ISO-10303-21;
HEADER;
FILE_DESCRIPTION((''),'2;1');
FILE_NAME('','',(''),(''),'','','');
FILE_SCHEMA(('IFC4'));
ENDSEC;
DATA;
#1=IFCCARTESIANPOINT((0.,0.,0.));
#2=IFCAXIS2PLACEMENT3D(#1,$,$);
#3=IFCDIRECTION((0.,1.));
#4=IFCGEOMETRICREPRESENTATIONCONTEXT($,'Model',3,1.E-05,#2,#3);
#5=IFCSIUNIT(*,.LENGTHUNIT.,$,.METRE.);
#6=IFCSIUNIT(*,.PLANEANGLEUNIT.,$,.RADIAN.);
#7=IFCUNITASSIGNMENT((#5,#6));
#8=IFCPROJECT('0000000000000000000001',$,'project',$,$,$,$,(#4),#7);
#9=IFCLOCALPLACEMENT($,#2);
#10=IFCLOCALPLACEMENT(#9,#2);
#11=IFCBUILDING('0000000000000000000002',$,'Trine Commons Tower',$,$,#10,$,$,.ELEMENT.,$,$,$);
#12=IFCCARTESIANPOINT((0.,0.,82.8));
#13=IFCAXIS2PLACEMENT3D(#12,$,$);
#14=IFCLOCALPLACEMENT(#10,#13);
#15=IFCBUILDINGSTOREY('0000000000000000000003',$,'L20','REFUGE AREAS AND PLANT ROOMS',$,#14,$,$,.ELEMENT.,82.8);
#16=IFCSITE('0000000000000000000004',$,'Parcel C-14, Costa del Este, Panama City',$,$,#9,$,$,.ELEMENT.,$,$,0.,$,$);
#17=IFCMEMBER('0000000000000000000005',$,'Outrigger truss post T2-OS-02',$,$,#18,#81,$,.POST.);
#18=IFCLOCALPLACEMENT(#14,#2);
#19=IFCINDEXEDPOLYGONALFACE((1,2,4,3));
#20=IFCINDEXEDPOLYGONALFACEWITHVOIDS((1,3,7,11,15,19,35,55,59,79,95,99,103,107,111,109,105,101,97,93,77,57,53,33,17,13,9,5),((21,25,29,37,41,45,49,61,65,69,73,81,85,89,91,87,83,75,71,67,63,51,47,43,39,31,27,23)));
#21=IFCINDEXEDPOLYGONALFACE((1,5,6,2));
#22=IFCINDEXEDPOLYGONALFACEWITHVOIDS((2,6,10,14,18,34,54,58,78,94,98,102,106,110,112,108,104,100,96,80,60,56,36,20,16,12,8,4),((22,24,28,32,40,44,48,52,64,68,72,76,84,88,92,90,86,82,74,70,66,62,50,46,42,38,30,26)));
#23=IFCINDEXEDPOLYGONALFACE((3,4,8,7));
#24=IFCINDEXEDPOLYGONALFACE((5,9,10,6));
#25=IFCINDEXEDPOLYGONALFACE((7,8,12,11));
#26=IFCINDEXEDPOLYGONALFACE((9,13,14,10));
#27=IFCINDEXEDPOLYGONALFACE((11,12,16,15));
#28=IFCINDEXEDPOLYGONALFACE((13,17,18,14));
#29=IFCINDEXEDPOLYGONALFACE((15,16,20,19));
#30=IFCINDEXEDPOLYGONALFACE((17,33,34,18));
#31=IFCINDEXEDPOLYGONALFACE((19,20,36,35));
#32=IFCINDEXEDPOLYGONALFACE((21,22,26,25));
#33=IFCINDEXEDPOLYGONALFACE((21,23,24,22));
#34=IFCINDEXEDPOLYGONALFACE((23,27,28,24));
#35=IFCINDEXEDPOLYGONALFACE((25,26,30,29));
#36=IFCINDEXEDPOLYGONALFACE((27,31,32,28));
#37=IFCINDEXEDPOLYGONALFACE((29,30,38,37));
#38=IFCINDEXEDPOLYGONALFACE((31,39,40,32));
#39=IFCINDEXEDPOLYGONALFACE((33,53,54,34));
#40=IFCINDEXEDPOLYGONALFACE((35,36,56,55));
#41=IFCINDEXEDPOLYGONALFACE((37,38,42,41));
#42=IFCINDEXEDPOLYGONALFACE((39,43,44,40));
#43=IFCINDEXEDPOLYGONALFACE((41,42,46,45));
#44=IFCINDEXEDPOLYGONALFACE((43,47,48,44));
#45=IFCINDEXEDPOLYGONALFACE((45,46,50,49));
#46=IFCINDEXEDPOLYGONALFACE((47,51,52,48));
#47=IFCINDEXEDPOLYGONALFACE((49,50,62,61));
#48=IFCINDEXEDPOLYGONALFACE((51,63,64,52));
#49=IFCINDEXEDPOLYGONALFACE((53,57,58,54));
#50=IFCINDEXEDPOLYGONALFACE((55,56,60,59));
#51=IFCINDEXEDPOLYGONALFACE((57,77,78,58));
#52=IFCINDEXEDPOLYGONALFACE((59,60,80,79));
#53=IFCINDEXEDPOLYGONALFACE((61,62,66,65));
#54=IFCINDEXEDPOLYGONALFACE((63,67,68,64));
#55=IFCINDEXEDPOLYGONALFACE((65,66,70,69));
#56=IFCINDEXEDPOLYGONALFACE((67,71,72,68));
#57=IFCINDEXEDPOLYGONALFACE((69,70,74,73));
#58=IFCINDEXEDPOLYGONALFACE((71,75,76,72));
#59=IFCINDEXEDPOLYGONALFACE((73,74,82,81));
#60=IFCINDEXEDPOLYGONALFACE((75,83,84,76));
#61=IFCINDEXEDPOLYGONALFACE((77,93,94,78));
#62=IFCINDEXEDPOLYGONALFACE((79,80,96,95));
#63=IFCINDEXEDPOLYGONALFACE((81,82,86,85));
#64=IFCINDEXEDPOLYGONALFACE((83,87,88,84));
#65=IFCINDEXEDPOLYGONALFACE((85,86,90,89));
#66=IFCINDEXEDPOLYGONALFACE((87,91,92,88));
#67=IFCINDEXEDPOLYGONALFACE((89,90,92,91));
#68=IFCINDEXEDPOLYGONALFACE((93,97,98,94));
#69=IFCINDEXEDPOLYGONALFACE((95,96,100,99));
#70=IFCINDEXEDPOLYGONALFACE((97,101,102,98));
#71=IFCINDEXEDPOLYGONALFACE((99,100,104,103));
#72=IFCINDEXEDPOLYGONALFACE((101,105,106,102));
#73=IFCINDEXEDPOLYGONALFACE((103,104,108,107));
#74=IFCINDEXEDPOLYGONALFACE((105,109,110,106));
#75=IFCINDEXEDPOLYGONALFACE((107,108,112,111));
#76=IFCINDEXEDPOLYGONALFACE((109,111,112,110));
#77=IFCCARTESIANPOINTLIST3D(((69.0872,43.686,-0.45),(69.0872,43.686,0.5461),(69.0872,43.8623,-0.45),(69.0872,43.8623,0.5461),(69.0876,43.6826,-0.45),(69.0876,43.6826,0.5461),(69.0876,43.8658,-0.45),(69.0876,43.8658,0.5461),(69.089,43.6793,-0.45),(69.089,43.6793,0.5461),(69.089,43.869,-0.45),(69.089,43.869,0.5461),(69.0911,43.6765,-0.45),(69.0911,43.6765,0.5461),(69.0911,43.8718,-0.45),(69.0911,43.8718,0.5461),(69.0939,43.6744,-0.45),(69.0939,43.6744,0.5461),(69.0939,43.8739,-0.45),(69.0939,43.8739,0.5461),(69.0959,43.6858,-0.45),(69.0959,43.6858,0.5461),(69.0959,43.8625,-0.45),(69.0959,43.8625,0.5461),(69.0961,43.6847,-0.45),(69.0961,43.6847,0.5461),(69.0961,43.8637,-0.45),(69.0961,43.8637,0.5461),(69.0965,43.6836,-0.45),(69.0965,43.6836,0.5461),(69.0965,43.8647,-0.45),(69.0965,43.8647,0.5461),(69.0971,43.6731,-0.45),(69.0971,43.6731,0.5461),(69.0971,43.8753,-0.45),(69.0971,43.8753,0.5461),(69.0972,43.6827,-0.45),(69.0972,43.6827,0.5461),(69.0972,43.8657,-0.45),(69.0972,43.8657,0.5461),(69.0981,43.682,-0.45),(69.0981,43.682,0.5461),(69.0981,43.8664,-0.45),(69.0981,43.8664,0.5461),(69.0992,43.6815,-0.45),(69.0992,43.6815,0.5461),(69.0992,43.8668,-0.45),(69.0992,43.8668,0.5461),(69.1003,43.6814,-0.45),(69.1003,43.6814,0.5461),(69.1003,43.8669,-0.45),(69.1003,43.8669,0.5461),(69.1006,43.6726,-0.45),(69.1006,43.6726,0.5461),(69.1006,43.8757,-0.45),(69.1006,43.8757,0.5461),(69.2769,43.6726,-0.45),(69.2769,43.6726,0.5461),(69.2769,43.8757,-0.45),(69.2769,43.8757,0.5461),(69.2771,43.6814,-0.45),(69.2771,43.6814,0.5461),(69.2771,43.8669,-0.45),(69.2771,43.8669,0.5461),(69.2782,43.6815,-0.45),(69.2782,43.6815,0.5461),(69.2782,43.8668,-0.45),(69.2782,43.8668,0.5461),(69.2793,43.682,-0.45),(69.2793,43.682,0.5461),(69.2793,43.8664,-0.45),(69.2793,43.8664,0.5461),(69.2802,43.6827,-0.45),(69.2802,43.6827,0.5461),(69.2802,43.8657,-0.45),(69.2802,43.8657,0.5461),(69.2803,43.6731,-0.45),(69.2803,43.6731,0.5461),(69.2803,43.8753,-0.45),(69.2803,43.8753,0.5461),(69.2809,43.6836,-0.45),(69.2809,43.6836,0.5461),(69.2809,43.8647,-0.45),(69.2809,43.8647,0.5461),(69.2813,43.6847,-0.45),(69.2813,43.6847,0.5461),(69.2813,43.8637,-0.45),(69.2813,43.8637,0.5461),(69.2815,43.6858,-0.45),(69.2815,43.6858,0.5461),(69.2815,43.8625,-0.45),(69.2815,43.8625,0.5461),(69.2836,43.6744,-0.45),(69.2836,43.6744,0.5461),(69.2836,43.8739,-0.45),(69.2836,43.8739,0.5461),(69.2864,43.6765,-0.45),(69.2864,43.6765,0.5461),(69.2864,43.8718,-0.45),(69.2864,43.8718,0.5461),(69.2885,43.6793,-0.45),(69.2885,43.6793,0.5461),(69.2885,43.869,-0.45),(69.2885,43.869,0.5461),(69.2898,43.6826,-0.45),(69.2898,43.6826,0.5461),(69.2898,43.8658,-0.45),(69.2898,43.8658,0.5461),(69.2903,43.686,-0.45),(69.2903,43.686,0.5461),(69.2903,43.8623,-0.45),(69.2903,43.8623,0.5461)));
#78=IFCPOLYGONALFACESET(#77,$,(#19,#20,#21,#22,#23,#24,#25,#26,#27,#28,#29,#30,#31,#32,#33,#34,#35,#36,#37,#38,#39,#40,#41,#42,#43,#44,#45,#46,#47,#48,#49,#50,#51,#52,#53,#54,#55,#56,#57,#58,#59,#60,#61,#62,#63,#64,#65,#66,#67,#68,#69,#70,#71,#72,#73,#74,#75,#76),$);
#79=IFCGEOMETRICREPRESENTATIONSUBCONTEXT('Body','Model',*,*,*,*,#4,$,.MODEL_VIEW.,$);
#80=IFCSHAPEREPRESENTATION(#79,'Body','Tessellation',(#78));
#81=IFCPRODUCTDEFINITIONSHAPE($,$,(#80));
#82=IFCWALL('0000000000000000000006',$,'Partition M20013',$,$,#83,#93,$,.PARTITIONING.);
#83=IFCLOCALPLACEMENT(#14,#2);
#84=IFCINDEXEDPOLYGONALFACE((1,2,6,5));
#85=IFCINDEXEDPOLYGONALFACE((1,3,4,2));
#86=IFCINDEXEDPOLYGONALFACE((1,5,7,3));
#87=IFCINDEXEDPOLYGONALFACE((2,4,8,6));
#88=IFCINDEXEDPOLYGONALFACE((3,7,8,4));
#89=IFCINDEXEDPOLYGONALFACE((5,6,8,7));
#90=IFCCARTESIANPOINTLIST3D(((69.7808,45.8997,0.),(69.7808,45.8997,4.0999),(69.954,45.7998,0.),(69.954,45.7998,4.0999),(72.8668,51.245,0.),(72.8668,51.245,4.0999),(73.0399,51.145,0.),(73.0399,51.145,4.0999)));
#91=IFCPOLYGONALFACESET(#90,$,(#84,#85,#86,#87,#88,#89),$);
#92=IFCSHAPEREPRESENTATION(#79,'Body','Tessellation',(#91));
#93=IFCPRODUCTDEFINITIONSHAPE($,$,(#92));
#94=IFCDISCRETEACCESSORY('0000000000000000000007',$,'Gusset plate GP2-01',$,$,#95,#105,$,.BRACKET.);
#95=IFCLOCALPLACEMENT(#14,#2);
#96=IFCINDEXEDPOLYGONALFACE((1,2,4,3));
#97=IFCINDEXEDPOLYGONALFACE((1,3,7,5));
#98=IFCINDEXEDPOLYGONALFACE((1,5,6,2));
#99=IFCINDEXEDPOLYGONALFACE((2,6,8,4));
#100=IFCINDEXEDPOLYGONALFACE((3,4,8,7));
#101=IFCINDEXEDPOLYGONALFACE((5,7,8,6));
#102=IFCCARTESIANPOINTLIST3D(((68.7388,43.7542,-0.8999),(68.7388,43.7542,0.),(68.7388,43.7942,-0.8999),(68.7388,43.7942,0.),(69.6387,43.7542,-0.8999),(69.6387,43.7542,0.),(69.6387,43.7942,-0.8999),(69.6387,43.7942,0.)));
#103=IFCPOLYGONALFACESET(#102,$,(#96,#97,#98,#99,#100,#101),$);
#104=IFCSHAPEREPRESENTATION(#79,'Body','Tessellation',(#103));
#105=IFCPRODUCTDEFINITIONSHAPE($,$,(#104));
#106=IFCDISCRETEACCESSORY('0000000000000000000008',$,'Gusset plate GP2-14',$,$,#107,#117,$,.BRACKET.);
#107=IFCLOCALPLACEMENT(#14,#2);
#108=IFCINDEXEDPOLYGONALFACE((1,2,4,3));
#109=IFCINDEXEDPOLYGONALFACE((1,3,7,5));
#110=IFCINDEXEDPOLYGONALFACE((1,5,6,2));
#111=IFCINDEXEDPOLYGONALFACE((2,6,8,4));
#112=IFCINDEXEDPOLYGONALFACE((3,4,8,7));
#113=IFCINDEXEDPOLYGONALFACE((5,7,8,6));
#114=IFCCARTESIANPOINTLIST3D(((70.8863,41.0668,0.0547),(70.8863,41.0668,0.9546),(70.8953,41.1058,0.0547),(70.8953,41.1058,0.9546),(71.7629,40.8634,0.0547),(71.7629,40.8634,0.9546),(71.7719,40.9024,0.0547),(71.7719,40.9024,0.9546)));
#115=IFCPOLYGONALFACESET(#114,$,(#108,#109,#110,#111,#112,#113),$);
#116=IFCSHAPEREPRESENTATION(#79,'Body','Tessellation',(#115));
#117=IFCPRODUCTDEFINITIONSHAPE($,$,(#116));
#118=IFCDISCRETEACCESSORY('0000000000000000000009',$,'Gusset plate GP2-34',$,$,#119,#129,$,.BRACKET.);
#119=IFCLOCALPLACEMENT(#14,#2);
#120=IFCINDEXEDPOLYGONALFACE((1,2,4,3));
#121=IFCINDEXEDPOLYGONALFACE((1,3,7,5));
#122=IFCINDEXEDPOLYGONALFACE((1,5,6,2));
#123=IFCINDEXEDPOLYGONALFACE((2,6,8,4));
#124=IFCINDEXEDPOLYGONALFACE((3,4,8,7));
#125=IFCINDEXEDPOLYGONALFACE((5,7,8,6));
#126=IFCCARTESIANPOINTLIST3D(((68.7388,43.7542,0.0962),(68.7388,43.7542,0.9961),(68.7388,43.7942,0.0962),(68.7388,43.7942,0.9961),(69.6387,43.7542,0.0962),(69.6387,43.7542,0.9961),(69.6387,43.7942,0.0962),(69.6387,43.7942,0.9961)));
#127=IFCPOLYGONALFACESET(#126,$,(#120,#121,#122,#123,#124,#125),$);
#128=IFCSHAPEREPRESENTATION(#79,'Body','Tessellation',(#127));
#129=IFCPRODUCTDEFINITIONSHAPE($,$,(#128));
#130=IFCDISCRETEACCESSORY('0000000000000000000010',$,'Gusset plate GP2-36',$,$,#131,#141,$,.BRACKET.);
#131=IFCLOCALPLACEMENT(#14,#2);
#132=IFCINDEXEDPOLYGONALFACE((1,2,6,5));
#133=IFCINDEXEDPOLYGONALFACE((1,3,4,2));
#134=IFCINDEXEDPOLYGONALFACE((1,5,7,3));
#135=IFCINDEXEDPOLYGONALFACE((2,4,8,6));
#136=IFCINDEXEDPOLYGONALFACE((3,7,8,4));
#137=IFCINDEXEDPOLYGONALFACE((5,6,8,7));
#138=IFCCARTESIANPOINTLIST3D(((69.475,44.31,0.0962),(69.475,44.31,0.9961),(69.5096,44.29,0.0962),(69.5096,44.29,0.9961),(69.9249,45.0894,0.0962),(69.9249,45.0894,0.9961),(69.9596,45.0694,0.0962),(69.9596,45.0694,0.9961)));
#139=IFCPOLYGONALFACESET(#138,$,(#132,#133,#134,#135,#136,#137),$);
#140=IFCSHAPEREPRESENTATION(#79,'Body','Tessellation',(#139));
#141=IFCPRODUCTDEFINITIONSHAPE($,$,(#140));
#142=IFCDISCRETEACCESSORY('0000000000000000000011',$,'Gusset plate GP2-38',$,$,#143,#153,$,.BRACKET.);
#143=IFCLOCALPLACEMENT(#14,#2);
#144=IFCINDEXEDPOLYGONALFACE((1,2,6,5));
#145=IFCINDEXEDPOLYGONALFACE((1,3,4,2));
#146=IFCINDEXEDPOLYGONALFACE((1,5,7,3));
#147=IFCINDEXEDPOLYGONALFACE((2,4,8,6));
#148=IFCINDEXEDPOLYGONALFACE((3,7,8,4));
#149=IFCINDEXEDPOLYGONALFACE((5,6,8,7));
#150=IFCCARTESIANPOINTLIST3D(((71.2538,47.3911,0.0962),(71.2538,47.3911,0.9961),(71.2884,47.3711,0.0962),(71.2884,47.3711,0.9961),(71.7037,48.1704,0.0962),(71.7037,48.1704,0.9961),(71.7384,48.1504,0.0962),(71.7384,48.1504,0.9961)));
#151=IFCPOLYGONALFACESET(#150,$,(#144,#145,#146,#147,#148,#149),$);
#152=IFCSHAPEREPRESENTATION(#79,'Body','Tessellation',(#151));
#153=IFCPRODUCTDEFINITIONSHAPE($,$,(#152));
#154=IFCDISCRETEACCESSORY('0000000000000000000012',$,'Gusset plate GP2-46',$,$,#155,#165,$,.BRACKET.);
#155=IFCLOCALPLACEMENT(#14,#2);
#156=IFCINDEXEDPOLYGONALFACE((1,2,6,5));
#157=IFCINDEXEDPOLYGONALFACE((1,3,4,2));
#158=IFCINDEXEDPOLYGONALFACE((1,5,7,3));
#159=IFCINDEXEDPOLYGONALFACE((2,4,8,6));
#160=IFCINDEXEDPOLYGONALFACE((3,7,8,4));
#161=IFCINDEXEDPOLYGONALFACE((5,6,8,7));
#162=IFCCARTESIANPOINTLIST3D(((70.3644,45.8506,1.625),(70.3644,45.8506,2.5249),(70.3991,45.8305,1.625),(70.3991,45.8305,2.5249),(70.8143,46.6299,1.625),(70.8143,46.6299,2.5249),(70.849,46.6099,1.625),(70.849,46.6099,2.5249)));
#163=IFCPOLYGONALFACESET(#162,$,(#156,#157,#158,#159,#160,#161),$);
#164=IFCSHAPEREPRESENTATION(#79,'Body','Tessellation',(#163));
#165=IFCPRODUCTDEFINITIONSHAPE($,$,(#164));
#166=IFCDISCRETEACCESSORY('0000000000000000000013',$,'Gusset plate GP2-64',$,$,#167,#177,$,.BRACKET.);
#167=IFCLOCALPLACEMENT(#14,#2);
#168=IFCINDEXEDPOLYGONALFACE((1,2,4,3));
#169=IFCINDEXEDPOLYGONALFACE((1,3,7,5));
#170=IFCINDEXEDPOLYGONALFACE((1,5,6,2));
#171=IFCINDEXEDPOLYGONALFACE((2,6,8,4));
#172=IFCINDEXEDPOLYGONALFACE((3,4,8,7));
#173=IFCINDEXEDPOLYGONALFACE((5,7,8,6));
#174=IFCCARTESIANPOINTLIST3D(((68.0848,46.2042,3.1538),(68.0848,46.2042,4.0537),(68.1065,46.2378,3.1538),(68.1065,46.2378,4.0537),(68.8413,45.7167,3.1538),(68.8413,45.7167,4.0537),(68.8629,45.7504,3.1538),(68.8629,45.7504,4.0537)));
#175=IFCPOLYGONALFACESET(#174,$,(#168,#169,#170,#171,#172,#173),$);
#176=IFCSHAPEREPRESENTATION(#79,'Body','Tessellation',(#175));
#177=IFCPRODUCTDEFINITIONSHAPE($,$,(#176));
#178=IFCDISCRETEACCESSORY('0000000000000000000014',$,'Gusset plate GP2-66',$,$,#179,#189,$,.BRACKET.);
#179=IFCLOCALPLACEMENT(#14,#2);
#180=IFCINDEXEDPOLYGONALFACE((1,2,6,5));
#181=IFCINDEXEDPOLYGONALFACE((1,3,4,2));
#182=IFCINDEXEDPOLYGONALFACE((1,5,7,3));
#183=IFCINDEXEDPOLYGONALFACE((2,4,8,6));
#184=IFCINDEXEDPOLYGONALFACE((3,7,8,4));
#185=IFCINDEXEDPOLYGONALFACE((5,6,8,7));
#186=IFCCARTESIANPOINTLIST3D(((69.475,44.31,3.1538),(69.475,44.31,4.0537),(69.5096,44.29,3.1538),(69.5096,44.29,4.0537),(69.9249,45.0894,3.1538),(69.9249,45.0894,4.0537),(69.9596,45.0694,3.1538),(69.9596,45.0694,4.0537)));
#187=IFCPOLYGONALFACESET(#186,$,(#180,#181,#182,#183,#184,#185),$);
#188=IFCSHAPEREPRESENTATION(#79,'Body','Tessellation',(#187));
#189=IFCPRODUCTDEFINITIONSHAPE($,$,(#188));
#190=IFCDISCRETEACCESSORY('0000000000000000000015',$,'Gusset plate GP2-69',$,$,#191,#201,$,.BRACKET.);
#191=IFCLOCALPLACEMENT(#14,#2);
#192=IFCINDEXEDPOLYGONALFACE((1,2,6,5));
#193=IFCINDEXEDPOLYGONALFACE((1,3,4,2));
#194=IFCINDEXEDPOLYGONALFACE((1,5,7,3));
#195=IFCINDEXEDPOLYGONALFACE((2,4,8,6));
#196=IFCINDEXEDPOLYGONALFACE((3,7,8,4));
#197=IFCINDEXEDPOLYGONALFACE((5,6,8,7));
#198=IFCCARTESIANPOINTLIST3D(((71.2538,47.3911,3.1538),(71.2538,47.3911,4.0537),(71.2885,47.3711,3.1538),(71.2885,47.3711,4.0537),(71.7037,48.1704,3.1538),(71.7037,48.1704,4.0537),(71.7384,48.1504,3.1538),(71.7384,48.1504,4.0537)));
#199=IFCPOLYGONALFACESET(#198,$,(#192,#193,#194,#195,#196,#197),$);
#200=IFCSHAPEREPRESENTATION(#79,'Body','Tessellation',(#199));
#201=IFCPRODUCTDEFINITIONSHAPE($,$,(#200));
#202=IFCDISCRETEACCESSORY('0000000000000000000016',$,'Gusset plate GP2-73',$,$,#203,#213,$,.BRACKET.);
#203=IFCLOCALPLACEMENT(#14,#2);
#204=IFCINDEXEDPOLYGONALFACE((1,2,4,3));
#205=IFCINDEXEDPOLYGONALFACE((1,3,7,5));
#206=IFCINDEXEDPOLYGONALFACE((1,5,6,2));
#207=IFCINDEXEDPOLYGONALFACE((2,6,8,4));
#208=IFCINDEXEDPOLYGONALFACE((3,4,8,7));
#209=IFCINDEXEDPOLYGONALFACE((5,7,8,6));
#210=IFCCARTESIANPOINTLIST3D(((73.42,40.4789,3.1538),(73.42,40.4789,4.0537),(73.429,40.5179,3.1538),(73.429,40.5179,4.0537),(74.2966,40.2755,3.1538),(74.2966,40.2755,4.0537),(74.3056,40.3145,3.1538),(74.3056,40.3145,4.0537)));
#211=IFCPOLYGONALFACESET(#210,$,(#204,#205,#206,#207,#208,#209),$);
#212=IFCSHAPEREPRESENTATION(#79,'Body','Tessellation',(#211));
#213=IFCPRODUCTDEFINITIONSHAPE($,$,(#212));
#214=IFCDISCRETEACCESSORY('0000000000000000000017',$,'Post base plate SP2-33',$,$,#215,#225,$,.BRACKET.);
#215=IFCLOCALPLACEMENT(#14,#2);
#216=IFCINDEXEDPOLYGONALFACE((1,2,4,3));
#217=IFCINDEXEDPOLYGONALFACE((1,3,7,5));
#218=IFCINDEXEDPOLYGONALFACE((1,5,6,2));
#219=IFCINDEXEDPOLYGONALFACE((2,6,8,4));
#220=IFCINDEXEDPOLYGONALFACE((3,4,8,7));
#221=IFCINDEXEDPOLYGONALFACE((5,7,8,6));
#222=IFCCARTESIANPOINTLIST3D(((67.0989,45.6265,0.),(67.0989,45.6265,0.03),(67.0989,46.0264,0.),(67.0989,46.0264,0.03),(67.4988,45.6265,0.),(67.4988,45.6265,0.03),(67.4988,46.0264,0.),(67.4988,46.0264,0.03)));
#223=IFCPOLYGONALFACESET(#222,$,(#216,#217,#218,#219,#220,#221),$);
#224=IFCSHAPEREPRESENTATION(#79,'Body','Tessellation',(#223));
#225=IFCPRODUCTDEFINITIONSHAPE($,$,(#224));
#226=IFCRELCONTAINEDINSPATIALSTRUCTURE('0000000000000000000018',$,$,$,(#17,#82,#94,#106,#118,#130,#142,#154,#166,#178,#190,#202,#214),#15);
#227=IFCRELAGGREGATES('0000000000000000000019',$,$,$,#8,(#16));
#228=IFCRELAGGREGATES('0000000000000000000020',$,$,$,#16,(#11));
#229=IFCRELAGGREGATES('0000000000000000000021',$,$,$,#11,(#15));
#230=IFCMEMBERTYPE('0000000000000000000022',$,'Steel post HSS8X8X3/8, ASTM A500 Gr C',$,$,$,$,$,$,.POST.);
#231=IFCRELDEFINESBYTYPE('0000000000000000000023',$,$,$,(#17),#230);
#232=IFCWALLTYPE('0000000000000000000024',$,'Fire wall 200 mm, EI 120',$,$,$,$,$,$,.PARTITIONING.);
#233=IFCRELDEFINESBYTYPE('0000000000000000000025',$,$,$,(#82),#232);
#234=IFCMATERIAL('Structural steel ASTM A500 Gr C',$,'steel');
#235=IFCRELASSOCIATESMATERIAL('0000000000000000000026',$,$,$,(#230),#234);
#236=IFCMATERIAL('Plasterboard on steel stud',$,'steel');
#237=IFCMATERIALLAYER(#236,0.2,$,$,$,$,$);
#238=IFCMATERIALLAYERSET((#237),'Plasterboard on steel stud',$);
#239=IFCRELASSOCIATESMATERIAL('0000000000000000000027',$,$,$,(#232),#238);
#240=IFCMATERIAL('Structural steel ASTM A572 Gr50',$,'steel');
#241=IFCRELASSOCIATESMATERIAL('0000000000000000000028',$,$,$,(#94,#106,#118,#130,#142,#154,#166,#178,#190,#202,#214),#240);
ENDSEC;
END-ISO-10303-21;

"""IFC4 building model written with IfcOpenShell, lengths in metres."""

from ifc_helpers import new_model, si_unit, direction, frame, frame_2d, origin, origin_2d, place, context, subcontext, project, spatial, rectangle, hollow_rectangle, extrude, material, layer, layer_set, material_profile, profile_set, type_object, element, save


model = new_model("IFC4")

# Units and contexts
model_context = context("Model", 3, precision=1e-05, world=origin(), true_north=direction((0.0, 1.0)))
body_context = subcontext(model_context, "Body", "Model", "MODEL_VIEW")
ifc_project = project(units=[si_unit("LENGTHUNIT", "METRE"), si_unit("PLANEANGLEUNIT", "RADIAN")], contexts=[model_context])

# Site, building, storey
site_placement = place(None, origin())
site = spatial("IfcSite", under=ifc_project, at=site_placement, Name="Parcel C-14, Costa del Este, Panama City", CompositionType="ELEMENT", RefElevation=0.0)
building_placement = place(site_placement, origin())
building = spatial("IfcBuilding", under=site, at=building_placement, Name="Trine Commons Tower", CompositionType="ELEMENT")
storey_placement = place(building_placement, frame((0.0, 0.0, 82.8)))
storey = spatial("IfcBuildingStorey", under=building, at=storey_placement, Name="L20", Description="REFUGE AREAS AND PLANT ROOMS", CompositionType="ELEMENT", Elevation=82.8)

# Member
ifc_material_1 = material(Name="Structural steel ASTM A500 Gr C", Category="steel")
ifc_material_profile_1 = material_profile(ifc_material_1, hollow_rectangle(XDim=0.2031, YDim=0.2031, WallThickness=0.0088, InnerFilletRadius=0.0044, OuterFilletRadius=0.0134, at=origin_2d()), Name="HSS8X8X3/8")
ifc_profile_set_1 = profile_set([ifc_material_profile_1], Name="Structural steel ASTM A500 Gr C")
member_type_1 = type_object("IfcMemberType", Name="Steel post HSS8X8X3/8, ASTM A500 Gr C", PredefinedType="POST", material=ifc_profile_set_1)
member_1_placement = place(storey_placement, frame((69.1887, 43.7742, -0.45), z_axis=(0.0, 0.0, 1.0), x_axis=(1.0, 0.0, 0.0)))
element("IfcMember", 1, at=member_1_placement, inside=storey, type_object=member_type_1, Name="Outrigger truss post T2-OS-02", PredefinedType="POST", context=body_context, shape_type="SweptSolid", body=[
    extrude(hollow_rectangle(XDim=0.2031, YDim=0.2031, WallThickness=0.0088, InnerFilletRadius=0.0044, OuterFilletRadius=0.0134, at=origin_2d()), origin(), (0.0, 0.0, 1.0), 0.9961),
])

# Wall
ifc_material_2 = material(Name="Plasterboard on steel stud", Category="steel")
ifc_layer = layer(ifc_material_2, 0.2)
ifc_layer_set = layer_set([ifc_layer], Name="Plasterboard on steel stud")
wall_type = type_object("IfcWallType", Name="Fire wall 200 mm, EI 120", PredefinedType="PARTITIONING", material=ifc_layer_set)
wall_placement = place(storey_placement, frame((69.8674, 45.8499, 0.0), z_axis=(0.0, 0.0, 1.0), x_axis=(0.499985, 0.866034, 0.0)))
element("IfcWall", 2, at=wall_placement, inside=storey, type_object=wall_type, Name="Partition M20013", PredefinedType="PARTITIONING", context=body_context, shape_type="SweptSolid", body=[
    extrude(rectangle(XDim=6.1721, YDim=0.2, at=frame_2d((3.0859, 0.0))), origin(), (0.0, 0.0, 1.0), 4.0999),
])

# Discrete accessories
ifc_material_3 = material(Name="Structural steel ASTM A572 Gr50", Category="steel")
for number, where, z_axis, x_axis, name in (
    (3, (69.1887, 43.7742, -0.8999), (0.0, 0.0, 1.0), (1.0, 0.0, 0.0), "Gusset plate GP2-01"),
    (4, (71.3291, 40.9846, 0.0547), (0.0, 0.0, 1.0), (0.974122, -0.226022, 0.0), "Gusset plate GP2-14"),
    (5, (69.1887, 43.7742, 0.0962), (0.0, 0.0, 1.0), (1.0, 0.0, 0.0), "Gusset plate GP2-34"),
    (6, (69.7173, 44.6897, 0.0962), (0.0, 0.0, 1.0), (-0.500015, -0.866017, 0.0), "Gusset plate GP2-36"),
    (7, (71.4961, 47.7708, 0.0962), (0.0, 0.0, 1.0), (-0.500015, -0.866017, 0.0), "Gusset plate GP2-38"),
    (8, (70.6067, 46.2302, 1.625), (0.0, 0.0, 1.0), (-0.5, -0.866025, 0.0), "Gusset plate GP2-46"),
    (9, (68.4739, 45.9773, 3.1538), (0.0, 0.0, 1.0), (0.840595, -0.541664, 0.0), "Gusset plate GP2-64"),
    (10, (69.7173, 44.6897, 3.1538), (0.0, 0.0, 1.0), (-0.5, -0.866025, 0.0), "Gusset plate GP2-66"),
    (11, (71.4961, 47.7708, 3.1538), (0.0, 0.0, 1.0), (-0.5, -0.866025, 0.0), "Gusset plate GP2-69"),
    (12, (73.8628, 40.3967, 3.1538), (0.0, 0.0, 1.0), (0.974122, -0.226022, 0.0), "Gusset plate GP2-73"),
):
    element("IfcDiscreteAccessory", number, at=place(storey_placement, frame(where, z_axis=z_axis, x_axis=x_axis)), inside=storey, material=ifc_material_3, Name=name, PredefinedType="BRACKET", context=body_context, shape_type="SweptSolid", body=[
        extrude(rectangle(XDim=0.8999, YDim=0.04, at=origin_2d()), origin(), (0.0, 0.0, 1.0), 0.8999),
    ])
for number, where, z_axis, x_axis, name in (
    (13, (67.2988, 45.8264, 0.0), (0.0, 0.0, 1.0), (1.0, 0.0, 0.0), "Post base plate SP2-33"),
):
    element("IfcDiscreteAccessory", number, at=place(storey_placement, frame(where, z_axis=z_axis, x_axis=x_axis)), inside=storey, material=ifc_material_3, Name=name, PredefinedType="BRACKET", context=body_context, shape_type="SweptSolid", body=[
        extrude(rectangle(XDim=0.3999, YDim=0.3999, at=origin_2d()), origin(), (0.0, 0.0, 1.0), 0.03),
    ])

save(model, "model.ifc")
